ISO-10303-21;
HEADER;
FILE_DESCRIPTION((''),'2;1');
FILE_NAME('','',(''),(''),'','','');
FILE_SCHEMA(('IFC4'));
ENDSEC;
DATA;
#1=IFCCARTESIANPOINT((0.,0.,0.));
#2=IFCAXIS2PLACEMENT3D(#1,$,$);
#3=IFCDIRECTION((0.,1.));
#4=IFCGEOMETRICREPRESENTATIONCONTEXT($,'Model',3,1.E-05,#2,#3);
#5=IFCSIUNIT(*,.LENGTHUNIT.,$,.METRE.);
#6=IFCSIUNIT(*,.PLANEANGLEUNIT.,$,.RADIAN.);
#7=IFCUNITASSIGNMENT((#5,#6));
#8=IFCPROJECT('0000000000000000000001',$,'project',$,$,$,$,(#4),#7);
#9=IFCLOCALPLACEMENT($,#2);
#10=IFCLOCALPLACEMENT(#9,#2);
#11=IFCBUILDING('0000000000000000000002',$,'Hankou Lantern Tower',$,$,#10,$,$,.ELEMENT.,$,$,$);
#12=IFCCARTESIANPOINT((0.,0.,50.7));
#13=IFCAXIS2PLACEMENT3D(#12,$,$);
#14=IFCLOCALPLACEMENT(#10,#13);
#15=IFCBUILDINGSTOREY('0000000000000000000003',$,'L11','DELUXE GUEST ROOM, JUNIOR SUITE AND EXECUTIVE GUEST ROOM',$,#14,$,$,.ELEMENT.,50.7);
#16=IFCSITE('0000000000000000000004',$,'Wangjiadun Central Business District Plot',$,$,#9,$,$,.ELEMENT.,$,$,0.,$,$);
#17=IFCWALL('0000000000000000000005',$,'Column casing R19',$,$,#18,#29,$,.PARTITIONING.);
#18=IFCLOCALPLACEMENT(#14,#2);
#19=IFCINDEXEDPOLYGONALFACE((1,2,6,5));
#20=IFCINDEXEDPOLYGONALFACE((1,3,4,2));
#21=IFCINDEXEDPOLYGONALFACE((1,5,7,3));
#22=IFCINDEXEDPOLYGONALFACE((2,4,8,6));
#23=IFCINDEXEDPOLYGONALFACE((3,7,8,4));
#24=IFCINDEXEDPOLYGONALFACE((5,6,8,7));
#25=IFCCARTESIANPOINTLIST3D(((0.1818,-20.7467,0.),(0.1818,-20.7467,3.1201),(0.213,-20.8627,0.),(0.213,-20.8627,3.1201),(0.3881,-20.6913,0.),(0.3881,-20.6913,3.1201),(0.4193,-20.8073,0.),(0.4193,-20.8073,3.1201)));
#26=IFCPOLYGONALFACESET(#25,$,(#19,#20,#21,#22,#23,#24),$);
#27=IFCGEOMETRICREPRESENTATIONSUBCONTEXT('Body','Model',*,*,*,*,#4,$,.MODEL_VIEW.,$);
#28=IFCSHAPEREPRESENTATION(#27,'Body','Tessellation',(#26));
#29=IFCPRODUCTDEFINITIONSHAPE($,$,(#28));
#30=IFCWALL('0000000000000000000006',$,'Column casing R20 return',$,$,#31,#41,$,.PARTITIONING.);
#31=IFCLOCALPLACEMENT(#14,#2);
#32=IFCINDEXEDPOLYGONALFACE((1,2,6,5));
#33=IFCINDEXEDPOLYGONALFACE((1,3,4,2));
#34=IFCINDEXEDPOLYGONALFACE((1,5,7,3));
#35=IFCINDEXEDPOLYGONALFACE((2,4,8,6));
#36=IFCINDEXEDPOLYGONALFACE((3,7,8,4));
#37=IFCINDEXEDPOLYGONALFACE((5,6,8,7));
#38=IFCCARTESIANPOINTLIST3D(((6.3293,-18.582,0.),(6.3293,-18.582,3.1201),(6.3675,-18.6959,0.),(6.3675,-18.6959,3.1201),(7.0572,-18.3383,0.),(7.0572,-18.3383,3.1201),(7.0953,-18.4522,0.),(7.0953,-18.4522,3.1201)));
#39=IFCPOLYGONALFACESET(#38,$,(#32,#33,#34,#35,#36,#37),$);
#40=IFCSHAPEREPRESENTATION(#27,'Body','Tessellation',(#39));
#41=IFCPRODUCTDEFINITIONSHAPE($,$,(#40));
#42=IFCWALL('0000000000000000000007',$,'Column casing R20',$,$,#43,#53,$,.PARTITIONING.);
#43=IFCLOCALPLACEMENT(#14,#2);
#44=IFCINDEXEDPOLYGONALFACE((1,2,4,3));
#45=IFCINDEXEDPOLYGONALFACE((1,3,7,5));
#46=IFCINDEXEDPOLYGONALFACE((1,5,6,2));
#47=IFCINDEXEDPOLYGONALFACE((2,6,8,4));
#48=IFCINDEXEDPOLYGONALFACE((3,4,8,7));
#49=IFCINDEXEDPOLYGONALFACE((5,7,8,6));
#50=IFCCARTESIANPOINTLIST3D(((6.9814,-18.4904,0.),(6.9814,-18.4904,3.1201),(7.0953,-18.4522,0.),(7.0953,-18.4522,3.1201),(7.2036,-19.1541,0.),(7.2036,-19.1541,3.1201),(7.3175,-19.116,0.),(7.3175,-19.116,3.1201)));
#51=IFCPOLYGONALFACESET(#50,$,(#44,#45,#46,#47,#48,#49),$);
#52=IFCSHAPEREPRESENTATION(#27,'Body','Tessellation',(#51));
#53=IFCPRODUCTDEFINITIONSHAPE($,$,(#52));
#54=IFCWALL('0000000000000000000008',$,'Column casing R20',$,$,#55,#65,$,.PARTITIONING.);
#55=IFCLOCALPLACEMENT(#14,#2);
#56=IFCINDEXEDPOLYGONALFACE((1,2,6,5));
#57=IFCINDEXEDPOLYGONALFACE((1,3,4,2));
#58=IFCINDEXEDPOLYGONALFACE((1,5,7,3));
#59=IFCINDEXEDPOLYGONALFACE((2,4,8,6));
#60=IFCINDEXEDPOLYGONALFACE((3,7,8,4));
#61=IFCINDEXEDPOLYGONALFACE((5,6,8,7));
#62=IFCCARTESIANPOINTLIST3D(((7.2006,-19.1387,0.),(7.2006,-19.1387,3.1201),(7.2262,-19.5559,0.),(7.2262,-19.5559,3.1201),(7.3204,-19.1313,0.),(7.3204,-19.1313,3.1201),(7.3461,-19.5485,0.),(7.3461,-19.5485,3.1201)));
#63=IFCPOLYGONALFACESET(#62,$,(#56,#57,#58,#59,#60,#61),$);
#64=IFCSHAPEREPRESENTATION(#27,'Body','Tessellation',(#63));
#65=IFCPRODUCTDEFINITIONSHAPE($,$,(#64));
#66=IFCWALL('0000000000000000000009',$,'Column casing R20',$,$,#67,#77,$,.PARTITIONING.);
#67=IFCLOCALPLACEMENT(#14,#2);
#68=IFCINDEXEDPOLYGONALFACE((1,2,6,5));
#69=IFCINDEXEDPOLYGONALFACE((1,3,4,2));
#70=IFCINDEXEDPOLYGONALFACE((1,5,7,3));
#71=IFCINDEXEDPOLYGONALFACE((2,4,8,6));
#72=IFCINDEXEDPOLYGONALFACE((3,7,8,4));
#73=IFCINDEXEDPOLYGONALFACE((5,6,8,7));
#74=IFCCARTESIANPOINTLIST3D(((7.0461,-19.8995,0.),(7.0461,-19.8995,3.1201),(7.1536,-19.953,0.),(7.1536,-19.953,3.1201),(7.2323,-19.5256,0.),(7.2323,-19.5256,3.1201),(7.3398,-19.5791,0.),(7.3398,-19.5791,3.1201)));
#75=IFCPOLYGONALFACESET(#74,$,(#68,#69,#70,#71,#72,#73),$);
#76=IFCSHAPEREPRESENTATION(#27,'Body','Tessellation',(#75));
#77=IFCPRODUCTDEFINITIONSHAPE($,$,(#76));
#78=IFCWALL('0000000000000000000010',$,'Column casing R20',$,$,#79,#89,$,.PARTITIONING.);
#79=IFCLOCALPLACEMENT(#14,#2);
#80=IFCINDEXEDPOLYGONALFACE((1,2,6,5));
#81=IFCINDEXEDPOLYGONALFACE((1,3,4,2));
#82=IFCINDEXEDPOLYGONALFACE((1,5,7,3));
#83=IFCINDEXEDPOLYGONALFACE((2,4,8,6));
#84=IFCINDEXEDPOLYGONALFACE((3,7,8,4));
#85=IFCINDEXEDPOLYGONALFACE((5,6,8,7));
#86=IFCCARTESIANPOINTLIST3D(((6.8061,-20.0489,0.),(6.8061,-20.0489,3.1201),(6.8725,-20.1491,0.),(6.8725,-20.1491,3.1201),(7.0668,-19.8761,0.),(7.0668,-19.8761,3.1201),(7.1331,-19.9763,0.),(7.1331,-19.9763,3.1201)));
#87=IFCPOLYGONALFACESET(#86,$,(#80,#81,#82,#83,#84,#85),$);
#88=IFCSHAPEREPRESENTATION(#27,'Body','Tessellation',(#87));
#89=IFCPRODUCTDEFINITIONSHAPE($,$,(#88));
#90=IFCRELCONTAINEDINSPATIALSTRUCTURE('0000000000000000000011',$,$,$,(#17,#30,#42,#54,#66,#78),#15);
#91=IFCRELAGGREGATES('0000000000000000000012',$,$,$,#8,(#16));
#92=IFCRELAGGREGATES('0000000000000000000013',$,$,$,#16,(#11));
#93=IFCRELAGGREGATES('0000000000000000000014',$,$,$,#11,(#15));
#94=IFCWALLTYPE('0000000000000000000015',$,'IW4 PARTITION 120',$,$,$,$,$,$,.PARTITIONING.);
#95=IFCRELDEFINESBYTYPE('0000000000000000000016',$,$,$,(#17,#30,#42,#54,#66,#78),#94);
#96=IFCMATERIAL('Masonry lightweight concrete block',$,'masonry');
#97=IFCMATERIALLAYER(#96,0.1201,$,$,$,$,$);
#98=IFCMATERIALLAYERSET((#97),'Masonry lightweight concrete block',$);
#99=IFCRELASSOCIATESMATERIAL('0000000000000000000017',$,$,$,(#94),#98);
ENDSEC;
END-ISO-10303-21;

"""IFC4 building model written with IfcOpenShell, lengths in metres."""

from ifc_helpers import new_model, si_unit, direction, frame, frame_2d, origin, place, context, subcontext, project, spatial, rectangle, extrude, material, layer, layer_set, type_object, element, save


model = new_model("IFC4")

# Units and contexts
model_context = context("Model", 3, precision=1e-05, world=origin(), true_north=direction((0.0, 1.0)))
body_context = subcontext(model_context, "Body", "Model", "MODEL_VIEW")
ifc_project = project(units=[si_unit("LENGTHUNIT", "METRE"), si_unit("PLANEANGLEUNIT", "RADIAN")], contexts=[model_context])

# Site, building, storey
site_placement = place(None, origin())
site = spatial("IfcSite", under=ifc_project, at=site_placement, Name="Wangjiadun Central Business District Plot", CompositionType="ELEMENT", RefElevation=0.0)
building_placement = place(site_placement, origin())
building = spatial("IfcBuilding", under=site, at=building_placement, Name="Hankou Lantern Tower", CompositionType="ELEMENT")
storey_placement = place(building_placement, frame((0.0, 0.0, 50.7)))
storey = spatial("IfcBuildingStorey", under=building, at=storey_placement, Name="L11", Description="DELUXE GUEST ROOM, JUNIOR SUITE AND EXECUTIVE GUEST ROOM", CompositionType="ELEMENT", Elevation=50.7)

# Walls
ifc_material_1 = material(Name="Masonry lightweight concrete block", Category="masonry")
ifc_layer_1 = layer(ifc_material_1, 0.1201)
ifc_layer_set_1 = layer_set([ifc_layer_1], Name="Masonry lightweight concrete block")
wall_type_1 = type_object("IfcWallType", Name="IW4 PARTITION 120", PredefinedType="PARTITIONING", material=ifc_layer_set_1)
wall_1_placement = place(storey_placement, frame((0.4038, -20.7493, 0.0), z_axis=(0.0, 0.0, 1.0), x_axis=(-0.965759, -0.259441, 0.0)))
element("IfcWall", 1, at=wall_1_placement, inside=storey, type_object=wall_type_1, Name="Column casing R19", PredefinedType="PARTITIONING", context=body_context, shape_type="SweptSolid", body=[
    extrude(rectangle(XDim=0.2136, YDim=0.1201, at=frame_2d((0.1069, 0.0))), origin(), (0.0, 0.0, 1.0), 3.1201),
])
wall_2_placement = place(storey_placement, frame((6.3484, -18.6389, 0.0), z_axis=(0.0, 0.0, 1.0), x_axis=(0.948269, 0.317468, 0.0)))
element("IfcWall", 2, at=wall_2_placement, inside=storey, type_object=wall_type_1, Name="Column casing R20 return", PredefinedType="PARTITIONING", context=body_context, shape_type="SweptSolid", body=[
    extrude(rectangle(XDim=0.7676, YDim=0.1201, at=frame_2d((0.3838, 0.0))), origin(), (0.0, 0.0, 1.0), 3.1201),
])
wall_3_placement = place(storey_placement, frame((7.0383, -18.4712, 0.0), z_axis=(0.0, 0.0, 1.0), x_axis=(0.317378, -0.948299, 0.0)))
element("IfcWall", 3, at=wall_3_placement, inside=storey, type_object=wall_type_1, Name="Column casing R20", PredefinedType="PARTITIONING", context=body_context, shape_type="SweptSolid", body=[
    extrude(rectangle(XDim=0.7, YDim=0.1201, at=frame_2d((0.3501, 0.0))), origin(), (0.0, 0.0, 1.0), 3.1201),
])
wall_4_placement = place(storey_placement, frame((7.2605, -19.135, 0.0), z_axis=(0.0, 0.0, 1.0), x_axis=(0.061324, -0.998118, 0.0)))
element("IfcWall", 4, at=wall_4_placement, inside=storey, type_object=wall_type_1, Name="Column casing R20", PredefinedType="PARTITIONING", context=body_context, shape_type="SweptSolid", body=[
    extrude(rectangle(XDim=0.418, YDim=0.1201, at=frame_2d((0.209, 0.0))), origin(), (0.0, 0.0, 1.0), 3.1201),
])
wall_5_placement = place(storey_placement, frame((7.2861, -19.5522, 0.0), z_axis=(0.0, 0.0, 1.0), x_axis=(-0.445811, -0.895127, 0.0)))
element("IfcWall", 5, at=wall_5_placement, inside=storey, type_object=wall_type_1, Name="Column casing R20", PredefinedType="PARTITIONING", context=body_context, shape_type="SweptSolid", body=[
    extrude(rectangle(XDim=0.4177, YDim=0.1201, at=frame_2d((0.209, 0.0))), origin(), (0.0, 0.0, 1.0), 3.1201),
])
wall_6_placement = place(storey_placement, frame((7.0999, -19.9263, 0.0), z_axis=(0.0, 0.0, 1.0), x_axis=(-0.833488, -0.552537, 0.0)))
element("IfcWall", 6, at=wall_6_placement, inside=storey, type_object=wall_type_1, Name="Column casing R20", PredefinedType="PARTITIONING", context=body_context, shape_type="SweptSolid", body=[
    extrude(rectangle(XDim=0.3127, YDim=0.1201, at=frame_2d((0.1562, 0.0))), origin(), (0.0, 0.0, 1.0), 3.1201),
])

save(model, "model.ifc")
